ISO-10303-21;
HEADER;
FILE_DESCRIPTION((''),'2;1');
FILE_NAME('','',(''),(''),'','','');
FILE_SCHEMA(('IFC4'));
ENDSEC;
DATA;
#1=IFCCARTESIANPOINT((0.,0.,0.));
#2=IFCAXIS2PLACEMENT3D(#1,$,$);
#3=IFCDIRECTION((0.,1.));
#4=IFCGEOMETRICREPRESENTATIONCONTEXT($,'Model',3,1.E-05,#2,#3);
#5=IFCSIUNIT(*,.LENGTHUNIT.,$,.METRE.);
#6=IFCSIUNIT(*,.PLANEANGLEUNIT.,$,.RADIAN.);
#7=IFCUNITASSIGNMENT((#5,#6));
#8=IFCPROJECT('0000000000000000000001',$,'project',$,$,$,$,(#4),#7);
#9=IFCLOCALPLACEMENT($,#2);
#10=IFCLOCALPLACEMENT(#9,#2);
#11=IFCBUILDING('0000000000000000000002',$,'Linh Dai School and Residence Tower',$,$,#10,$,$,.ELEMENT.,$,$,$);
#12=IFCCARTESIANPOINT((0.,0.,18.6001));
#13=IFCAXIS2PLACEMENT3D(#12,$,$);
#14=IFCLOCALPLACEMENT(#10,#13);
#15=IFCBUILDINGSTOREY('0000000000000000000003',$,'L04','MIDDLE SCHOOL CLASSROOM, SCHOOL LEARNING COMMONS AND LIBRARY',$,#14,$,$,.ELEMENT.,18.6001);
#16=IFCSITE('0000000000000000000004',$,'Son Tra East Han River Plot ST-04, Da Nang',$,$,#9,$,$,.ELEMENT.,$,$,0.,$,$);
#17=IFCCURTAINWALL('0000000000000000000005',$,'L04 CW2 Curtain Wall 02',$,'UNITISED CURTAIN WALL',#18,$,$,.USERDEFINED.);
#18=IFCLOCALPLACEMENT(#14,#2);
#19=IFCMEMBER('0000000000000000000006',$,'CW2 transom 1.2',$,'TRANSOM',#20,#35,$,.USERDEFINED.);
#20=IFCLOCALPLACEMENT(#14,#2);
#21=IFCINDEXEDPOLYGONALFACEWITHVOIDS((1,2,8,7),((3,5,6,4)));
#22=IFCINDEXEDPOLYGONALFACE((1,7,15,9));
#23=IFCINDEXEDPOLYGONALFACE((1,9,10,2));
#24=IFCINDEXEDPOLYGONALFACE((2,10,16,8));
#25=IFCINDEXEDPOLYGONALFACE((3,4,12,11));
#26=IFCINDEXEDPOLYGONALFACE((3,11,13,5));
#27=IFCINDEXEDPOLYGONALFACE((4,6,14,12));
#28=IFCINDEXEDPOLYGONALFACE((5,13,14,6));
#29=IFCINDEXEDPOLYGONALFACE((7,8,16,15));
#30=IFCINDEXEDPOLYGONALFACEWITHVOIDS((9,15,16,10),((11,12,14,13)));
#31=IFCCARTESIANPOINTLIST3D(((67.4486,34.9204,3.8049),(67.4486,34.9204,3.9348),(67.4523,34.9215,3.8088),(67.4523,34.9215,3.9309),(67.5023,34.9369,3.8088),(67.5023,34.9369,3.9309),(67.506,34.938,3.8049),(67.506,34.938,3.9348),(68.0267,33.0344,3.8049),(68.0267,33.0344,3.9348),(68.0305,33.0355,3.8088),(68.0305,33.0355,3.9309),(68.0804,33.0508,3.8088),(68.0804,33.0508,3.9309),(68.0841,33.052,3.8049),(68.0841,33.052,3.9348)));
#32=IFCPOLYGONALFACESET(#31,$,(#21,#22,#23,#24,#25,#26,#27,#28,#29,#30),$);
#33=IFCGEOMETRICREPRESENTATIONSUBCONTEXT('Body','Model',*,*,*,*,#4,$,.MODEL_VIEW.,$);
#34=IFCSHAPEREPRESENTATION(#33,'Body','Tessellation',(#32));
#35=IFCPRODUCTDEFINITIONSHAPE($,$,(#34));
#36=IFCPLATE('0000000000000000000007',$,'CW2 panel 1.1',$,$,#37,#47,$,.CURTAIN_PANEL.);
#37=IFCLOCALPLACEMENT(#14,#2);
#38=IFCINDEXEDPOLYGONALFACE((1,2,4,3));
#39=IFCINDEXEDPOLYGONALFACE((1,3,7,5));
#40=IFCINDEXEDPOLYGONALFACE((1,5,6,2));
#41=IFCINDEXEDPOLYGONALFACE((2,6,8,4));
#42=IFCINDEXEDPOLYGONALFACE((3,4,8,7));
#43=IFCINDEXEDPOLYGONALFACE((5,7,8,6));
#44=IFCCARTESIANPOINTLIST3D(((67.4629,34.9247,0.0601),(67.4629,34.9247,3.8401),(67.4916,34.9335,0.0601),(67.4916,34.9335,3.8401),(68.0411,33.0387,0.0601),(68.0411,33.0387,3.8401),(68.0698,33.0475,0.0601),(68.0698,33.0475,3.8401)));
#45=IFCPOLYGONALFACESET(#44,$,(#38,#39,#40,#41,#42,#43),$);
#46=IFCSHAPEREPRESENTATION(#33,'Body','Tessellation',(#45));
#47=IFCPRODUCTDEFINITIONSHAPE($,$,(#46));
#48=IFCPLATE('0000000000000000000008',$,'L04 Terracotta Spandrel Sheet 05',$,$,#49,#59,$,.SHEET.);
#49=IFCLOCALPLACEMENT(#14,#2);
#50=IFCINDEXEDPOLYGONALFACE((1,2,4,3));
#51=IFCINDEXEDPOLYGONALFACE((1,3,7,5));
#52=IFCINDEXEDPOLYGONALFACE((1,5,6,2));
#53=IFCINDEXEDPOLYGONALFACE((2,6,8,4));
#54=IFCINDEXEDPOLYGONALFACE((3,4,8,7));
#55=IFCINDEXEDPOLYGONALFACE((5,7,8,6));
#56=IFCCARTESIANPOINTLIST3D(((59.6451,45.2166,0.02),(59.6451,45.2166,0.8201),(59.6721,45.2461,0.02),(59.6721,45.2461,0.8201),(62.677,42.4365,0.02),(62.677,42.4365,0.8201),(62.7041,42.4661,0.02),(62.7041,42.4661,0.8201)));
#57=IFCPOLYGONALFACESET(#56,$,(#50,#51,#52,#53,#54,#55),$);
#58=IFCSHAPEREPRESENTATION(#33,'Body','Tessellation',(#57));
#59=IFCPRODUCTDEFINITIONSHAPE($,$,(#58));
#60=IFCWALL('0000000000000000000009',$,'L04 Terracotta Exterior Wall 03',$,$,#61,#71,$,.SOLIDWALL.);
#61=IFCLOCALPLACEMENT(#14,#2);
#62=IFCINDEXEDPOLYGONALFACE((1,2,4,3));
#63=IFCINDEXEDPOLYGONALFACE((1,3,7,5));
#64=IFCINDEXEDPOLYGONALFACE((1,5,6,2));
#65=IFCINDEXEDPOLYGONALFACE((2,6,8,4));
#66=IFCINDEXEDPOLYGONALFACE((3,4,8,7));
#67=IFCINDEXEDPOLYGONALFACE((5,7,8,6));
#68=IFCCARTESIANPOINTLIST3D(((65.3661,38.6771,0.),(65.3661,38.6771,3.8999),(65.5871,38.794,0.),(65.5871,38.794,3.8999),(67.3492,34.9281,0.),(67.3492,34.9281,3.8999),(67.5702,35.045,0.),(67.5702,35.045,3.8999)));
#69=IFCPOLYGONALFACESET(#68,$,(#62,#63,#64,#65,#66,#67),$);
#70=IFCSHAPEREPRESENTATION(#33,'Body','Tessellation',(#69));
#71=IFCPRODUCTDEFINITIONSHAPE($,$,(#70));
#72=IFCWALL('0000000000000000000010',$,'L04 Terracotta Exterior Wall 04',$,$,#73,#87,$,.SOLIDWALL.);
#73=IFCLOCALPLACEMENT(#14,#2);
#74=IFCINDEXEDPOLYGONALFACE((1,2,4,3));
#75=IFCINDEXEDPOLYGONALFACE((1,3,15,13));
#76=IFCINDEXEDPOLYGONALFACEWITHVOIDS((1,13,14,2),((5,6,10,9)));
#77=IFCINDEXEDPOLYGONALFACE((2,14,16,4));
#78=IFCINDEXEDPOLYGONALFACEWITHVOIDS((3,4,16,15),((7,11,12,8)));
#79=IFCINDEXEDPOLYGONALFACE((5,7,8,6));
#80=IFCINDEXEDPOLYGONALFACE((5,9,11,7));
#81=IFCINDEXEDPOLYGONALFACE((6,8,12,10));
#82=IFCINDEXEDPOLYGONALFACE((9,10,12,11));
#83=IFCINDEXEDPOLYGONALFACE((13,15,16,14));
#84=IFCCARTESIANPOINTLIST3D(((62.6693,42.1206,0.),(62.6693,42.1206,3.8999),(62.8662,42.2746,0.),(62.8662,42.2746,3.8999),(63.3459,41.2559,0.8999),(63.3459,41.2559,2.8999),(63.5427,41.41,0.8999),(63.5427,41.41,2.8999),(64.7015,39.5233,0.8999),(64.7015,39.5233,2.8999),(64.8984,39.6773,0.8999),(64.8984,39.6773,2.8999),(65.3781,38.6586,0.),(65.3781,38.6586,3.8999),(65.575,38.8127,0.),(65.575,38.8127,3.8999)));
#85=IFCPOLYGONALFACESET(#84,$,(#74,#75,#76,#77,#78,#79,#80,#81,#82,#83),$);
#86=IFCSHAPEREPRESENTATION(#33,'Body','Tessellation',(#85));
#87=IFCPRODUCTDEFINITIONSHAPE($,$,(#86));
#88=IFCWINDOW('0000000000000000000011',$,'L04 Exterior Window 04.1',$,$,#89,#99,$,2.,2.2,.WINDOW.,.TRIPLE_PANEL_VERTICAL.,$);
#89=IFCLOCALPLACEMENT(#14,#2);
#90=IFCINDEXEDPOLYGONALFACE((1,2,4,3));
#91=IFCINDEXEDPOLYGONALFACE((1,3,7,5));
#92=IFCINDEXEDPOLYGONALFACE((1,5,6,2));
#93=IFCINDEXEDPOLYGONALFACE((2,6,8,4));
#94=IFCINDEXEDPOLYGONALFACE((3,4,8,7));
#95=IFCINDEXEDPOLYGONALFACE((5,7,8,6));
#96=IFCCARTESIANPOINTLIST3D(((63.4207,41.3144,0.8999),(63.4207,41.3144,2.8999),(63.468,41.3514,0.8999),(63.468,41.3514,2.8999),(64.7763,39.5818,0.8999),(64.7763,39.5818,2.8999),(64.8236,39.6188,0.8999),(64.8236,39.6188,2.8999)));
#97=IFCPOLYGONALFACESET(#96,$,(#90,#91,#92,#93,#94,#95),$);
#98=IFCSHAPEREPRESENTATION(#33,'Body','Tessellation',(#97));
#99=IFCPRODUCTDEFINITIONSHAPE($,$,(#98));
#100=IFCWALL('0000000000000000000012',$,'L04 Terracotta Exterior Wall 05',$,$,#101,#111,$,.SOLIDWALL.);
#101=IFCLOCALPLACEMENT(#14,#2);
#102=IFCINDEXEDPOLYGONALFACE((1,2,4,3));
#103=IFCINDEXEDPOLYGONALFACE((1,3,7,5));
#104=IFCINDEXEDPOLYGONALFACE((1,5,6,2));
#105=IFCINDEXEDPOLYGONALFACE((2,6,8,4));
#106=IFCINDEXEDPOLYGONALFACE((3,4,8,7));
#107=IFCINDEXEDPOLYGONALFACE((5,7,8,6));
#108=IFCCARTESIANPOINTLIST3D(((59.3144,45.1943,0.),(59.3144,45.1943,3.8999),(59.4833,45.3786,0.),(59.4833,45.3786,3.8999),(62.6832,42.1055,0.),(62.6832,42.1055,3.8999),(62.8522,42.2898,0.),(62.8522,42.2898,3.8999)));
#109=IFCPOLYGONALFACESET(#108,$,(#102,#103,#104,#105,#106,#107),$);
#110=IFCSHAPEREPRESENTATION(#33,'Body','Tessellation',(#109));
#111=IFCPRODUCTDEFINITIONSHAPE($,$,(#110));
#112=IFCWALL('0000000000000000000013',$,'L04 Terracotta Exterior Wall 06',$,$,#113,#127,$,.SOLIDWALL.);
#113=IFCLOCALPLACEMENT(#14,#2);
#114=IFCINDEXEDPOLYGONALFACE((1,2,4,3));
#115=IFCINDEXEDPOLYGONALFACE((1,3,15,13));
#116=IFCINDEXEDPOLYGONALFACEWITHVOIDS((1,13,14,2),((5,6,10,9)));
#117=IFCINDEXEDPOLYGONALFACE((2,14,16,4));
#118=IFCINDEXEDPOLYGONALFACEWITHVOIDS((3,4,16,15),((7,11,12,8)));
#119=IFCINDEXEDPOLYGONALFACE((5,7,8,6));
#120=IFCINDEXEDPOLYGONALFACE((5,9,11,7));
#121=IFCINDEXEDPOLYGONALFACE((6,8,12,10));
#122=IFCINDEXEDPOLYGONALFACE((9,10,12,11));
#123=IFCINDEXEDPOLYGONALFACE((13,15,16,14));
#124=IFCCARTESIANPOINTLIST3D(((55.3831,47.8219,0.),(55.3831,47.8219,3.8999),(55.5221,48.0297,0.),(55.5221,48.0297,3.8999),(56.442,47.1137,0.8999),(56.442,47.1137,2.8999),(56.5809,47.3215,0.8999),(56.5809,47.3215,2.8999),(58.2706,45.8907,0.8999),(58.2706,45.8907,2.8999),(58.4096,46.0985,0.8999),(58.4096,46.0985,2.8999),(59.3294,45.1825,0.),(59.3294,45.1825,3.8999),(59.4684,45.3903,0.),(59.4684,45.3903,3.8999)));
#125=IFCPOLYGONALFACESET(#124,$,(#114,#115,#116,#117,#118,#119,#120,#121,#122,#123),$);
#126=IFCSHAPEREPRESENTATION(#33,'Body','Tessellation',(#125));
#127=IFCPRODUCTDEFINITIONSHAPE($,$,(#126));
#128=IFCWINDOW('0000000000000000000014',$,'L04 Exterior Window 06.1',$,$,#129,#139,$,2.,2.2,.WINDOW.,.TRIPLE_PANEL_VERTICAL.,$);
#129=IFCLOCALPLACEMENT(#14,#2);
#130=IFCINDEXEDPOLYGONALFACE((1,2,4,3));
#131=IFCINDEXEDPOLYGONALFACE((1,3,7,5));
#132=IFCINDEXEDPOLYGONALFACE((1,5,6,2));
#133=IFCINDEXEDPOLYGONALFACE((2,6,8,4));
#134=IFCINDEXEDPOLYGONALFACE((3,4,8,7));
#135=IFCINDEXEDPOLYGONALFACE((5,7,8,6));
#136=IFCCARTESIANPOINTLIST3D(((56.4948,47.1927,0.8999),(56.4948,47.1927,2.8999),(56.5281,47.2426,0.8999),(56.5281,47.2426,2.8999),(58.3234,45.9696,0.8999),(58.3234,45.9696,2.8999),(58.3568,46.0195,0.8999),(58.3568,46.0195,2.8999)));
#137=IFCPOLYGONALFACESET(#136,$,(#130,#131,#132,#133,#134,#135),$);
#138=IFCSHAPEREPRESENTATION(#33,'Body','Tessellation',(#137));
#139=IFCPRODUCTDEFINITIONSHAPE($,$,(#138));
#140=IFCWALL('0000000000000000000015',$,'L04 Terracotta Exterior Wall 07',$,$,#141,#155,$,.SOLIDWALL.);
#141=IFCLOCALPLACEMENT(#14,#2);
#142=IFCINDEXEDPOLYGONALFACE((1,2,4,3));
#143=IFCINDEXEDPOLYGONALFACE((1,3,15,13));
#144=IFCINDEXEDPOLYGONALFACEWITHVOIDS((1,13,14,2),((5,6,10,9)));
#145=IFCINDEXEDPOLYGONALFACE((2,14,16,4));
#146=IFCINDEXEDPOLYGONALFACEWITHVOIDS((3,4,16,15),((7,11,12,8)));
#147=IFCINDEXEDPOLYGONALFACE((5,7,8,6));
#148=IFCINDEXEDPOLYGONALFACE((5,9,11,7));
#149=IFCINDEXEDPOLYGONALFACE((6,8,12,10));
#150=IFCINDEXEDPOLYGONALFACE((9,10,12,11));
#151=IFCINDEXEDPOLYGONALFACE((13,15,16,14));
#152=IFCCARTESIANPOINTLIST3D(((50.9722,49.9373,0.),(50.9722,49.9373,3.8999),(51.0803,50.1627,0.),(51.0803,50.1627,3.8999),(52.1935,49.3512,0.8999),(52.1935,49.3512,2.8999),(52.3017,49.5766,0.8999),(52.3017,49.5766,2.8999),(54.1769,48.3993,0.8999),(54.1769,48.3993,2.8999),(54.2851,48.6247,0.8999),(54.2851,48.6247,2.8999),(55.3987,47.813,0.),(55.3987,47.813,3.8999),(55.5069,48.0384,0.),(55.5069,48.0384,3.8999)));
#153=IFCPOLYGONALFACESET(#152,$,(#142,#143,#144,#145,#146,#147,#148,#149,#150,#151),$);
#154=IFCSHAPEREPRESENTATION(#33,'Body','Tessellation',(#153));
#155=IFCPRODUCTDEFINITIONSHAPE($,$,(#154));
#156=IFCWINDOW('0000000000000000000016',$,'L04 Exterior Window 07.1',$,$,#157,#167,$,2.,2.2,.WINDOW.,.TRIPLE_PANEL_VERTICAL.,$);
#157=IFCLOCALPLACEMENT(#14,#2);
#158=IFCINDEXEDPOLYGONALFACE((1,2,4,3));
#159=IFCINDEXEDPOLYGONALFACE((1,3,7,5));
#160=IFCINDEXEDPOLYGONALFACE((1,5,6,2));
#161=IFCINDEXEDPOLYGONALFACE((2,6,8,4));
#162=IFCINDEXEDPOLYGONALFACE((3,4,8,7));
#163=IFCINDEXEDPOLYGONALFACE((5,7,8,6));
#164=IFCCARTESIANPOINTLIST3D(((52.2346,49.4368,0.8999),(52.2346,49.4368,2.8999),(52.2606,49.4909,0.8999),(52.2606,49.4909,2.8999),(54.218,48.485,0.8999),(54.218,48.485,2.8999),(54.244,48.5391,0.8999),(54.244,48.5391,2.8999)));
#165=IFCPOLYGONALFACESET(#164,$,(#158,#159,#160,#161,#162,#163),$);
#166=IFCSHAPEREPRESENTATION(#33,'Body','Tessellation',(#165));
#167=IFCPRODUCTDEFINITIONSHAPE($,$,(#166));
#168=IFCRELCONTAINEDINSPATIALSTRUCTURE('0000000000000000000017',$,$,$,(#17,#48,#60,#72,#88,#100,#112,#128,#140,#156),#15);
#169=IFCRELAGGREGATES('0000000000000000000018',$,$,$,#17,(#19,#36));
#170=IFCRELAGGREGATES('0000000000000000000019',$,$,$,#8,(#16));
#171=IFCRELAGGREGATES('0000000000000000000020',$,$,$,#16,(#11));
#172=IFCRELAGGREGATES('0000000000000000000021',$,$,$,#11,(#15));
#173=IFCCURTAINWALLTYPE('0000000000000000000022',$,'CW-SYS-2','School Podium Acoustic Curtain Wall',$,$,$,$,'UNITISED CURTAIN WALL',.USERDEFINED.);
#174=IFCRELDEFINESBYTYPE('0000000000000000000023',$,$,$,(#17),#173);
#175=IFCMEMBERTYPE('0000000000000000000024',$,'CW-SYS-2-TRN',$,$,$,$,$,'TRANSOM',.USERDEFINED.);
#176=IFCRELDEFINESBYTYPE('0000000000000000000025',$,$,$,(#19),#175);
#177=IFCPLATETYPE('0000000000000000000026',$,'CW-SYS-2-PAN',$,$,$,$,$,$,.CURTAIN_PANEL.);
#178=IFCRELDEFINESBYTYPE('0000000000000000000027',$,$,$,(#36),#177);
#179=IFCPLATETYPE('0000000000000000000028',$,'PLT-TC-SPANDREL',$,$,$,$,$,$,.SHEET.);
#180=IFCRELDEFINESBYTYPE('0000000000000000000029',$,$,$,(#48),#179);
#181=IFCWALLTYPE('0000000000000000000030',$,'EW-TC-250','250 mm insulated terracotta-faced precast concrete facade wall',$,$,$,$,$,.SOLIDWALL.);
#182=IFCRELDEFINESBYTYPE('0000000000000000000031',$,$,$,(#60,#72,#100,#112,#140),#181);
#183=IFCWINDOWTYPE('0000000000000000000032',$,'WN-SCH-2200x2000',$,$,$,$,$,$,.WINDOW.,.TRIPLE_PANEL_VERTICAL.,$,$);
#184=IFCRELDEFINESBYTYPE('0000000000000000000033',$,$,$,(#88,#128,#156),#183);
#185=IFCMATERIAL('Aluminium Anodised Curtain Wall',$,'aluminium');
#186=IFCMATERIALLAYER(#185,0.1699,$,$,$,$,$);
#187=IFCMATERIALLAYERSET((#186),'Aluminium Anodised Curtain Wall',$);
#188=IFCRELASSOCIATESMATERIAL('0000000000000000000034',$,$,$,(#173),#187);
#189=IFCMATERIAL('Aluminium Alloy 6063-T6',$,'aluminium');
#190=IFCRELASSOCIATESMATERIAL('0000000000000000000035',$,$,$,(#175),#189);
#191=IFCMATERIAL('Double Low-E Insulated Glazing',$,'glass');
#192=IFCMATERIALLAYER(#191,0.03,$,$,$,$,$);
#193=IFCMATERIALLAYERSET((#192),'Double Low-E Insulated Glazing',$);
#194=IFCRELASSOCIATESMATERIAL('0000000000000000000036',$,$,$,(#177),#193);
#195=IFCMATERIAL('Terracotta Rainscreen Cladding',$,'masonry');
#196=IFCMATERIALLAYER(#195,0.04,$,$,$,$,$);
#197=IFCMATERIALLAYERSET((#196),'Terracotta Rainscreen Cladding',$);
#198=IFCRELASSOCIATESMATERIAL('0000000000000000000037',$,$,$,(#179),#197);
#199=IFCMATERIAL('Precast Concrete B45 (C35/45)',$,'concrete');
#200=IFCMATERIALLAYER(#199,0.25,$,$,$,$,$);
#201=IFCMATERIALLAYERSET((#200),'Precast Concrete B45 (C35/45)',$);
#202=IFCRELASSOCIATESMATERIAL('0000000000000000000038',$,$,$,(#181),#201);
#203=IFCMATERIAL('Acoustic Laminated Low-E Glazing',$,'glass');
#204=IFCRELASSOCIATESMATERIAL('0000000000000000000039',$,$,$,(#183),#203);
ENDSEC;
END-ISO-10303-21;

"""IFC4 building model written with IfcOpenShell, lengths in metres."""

from ifc_helpers import new_model, si_unit, direction, frame, frame_2d, origin, origin_2d, place, context, subcontext, project, spatial, rectangle, hollow_rectangle, extrude, source, transform, mapped, material, layer, layer_set, material_profile, profile_set, type_object, element, fill, aggregate, save


model = new_model("IFC4")

# Units and contexts
model_context = context("Model", 3, precision=1e-05, world=origin(), true_north=direction((0.0, 1.0)))
body_context = subcontext(model_context, "Body", "Model", "MODEL_VIEW")
ifc_project = project(units=[si_unit("LENGTHUNIT", "METRE"), si_unit("PLANEANGLEUNIT", "RADIAN")], contexts=[model_context])

# Site, building, storey
site_placement = place(None, origin())
site = spatial("IfcSite", under=ifc_project, at=site_placement, Name="Son Tra East Han River Plot ST-04, Da Nang", CompositionType="ELEMENT", RefElevation=0.0)
building_placement = place(site_placement, origin())
building = spatial("IfcBuilding", under=site, at=building_placement, Name="Linh Dai School and Residence Tower", CompositionType="ELEMENT")
storey_placement = place(building_placement, frame((0.0, 0.0, 18.6001)))
storey = spatial("IfcBuildingStorey", under=building, at=storey_placement, Name="L04", Description="MIDDLE SCHOOL CLASSROOM, SCHOOL LEARNING COMMONS AND LIBRARY", CompositionType="ELEMENT", Elevation=18.6001)

# Curtain wall, member, plate
ifc_material_1 = material(Name="Aluminium Anodised Curtain Wall", Category="aluminium")
ifc_layer_1 = layer(ifc_material_1, 0.1699)
ifc_layer_set_1 = layer_set([ifc_layer_1], Name="Aluminium Anodised Curtain Wall")
curtain_wall_type = type_object("IfcCurtainWallType", Name="CW-SYS-2", Description="School Podium Acoustic Curtain Wall", ElementType="UNITISED CURTAIN WALL", PredefinedType="USERDEFINED", material=ifc_layer_set_1)
curtain_wall_placement = place(storey_placement, origin())
curtain_wall = element("IfcCurtainWall", 1, at=curtain_wall_placement, inside=storey, type_object=curtain_wall_type, Name="L04 CW2 Curtain Wall 02", ObjectType="UNITISED CURTAIN WALL", PredefinedType="USERDEFINED")
ifc_material_2 = material(Name="Aluminium Alloy 6063-T6", Category="aluminium")
ifc_material_profile_1 = material_profile(ifc_material_2, hollow_rectangle(XDim=0.0601, YDim=0.1299, WallThickness=0.0039, at=origin_2d()), Name="RHS 130x60x4")
ifc_profile_set_1 = profile_set([ifc_material_profile_1], Name="Aluminium Alloy 6063-T6")
member_type_1 = type_object("IfcMemberType", Name="CW-SYS-2-TRN", ElementType="TRANSOM", PredefinedType="USERDEFINED", material=ifc_profile_set_1)
shared_shape_1 = source(origin(), body_context, "Body", "SweptSolid", [
    extrude(hollow_rectangle(XDim=0.0601, YDim=0.1299, WallThickness=0.0039, at=origin_2d()), origin(), (0.0, 0.0, 1.0), 1.9727),
])
member_1_placement = place(storey_placement, frame((67.4773, 34.9292, 3.8699), z_axis=(0.293077, -0.956089, 0.0), x_axis=(0.956089, 0.293077, 0.0)))
member_1 = element("IfcMember", 2, at=member_1_placement, type_object=member_type_1, Name="CW2 transom 1.2", ObjectType="TRANSOM", PredefinedType="USERDEFINED", context=body_context, shape_type="MappedRepresentation", body=[
    mapped(shared_shape_1, transform((0.0, 0.0, 0.0), x_axis=(1.0, 0.0, 0.0), y_axis=(0.0, 1.0, 0.0), z_axis=(0.0, 0.0, 1.0), scale=1.0)),
])
ifc_material_3 = material(Name="Double Low-E Insulated Glazing", Category="glass")
ifc_layer_2 = layer(ifc_material_3, 0.03)
ifc_layer_set_2 = layer_set([ifc_layer_2], Name="Double Low-E Insulated Glazing")
plate_type_1 = type_object("IfcPlateType", Name="CW-SYS-2-PAN", PredefinedType="CURTAIN_PANEL", material=ifc_layer_set_2)
shared_shape_2 = source(origin(), body_context, "Body", "SweptSolid", [
    extrude(rectangle(XDim=1.9727, YDim=0.03, at=origin_2d()), origin(), (0.0, 0.0, 1.0), 3.78),
])
plate_1_placement = place(storey_placement, frame((67.7664, 33.9861, 0.0601), z_axis=(0.0, 0.0, 1.0), x_axis=(0.293104, -0.956081, 0.0)))
plate_1 = element("IfcPlate", 3, at=plate_1_placement, type_object=plate_type_1, Name="CW2 panel 1.1", PredefinedType="CURTAIN_PANEL", context=body_context, shape_type="MappedRepresentation", body=[
    mapped(shared_shape_2, transform((0.0, 0.0, 0.0), x_axis=(1.0, 0.0, 0.0), y_axis=(0.0, 1.0, 0.0), z_axis=(0.0, 0.0, 1.0), scale=1.0)),
])
aggregate(curtain_wall, [member_1, plate_1])

# Plate
ifc_material_4 = material(Name="Terracotta Rainscreen Cladding", Category="masonry")
ifc_layer_3 = layer(ifc_material_4, 0.04)
ifc_layer_set_3 = layer_set([ifc_layer_3], Name="Terracotta Rainscreen Cladding")
plate_type_2 = type_object("IfcPlateType", Name="PLT-TC-SPANDREL", PredefinedType="SHEET", material=ifc_layer_set_3)
shared_shape_3 = source(origin(), body_context, "Body", "SweptSolid", [
    extrude(rectangle(XDim=4.1135, YDim=0.04, at=origin_2d()), origin(), (0.0, 0.0, 1.0), 0.8),
])
plate_2_placement = place(storey_placement, frame((61.1746, 43.8413, 0.02), z_axis=(0.0, 0.0, 1.0), x_axis=(0.737063, -0.675824, 0.0)))
element("IfcPlate", 4, at=plate_2_placement, inside=storey, type_object=plate_type_2, Name="L04 Terracotta Spandrel Sheet 05", PredefinedType="SHEET", context=body_context, shape_type="MappedRepresentation", body=[
    mapped(shared_shape_3, transform((0.0, 0.0, 0.0), x_axis=(1.0, 0.0, 0.0), y_axis=(0.0, 1.0, 0.0), z_axis=(0.0, 0.0, 1.0), scale=1.0)),
])

# Wall
ifc_material_5 = material(Name="Precast Concrete B45 (C35/45)", Category="concrete")
ifc_layer_4 = layer(ifc_material_5, 0.25)
ifc_layer_set_4 = layer_set([ifc_layer_4], Name="Precast Concrete B45 (C35/45)")
wall_type_1 = type_object("IfcWallType", Name="EW-TC-250", Description="250 mm insulated terracotta-faced precast concrete facade wall", PredefinedType="SOLIDWALL", material=ifc_layer_set_4)
wall_1_placement = place(storey_placement, frame((65.4766, 38.7356, 0.0), z_axis=(0.0, 0.0, 1.0), x_axis=(0.467589, -0.883946, 0.0)))
element("IfcWall", 5, at=wall_1_placement, inside=storey, type_object=wall_type_1, Name="L04 Terracotta Exterior Wall 03", PredefinedType="SOLIDWALL", context=body_context, shape_type="SweptSolid", body=[
    extrude(rectangle(XDim=4.2412, YDim=0.25, at=frame_2d((2.1206, 0.0))), origin(), (0.0, 0.0, 1.0), 3.8999),
])

# Wall, opening, window
wall_2_placement = place(storey_placement, frame((62.7678, 42.1975, 0.0), z_axis=(0.0, 0.0, 1.0), x_axis=(0.616226, -0.787569, 0.0)))
wall_2 = element("IfcWall", 6, at=wall_2_placement, inside=storey, type_object=wall_type_1, Name="L04 Terracotta Exterior Wall 04", PredefinedType="SOLIDWALL", context=body_context, shape_type="SweptSolid", body=[
    extrude(rectangle(XDim=4.3958, YDim=0.25, at=frame_2d((2.1978, 0.0))), origin(), (0.0, 0.0, 1.0), 3.8999),
])
opening_1_placement = place(wall_2_placement, frame((1.0977, 0.0, 0.8999)))
opening_1 = element("IfcOpeningElement", 7, at=opening_1_placement, cuts=wall_2, PredefinedType="OPENING", context=body_context, shape_type="SweptSolid", body=[
    extrude(rectangle(XDim=2.2, YDim=2.0, at=origin_2d()), frame((1.1001, 0.135, 1.0), z_axis=(0.0, -1.0, 0.0), x_axis=(1.0, 0.0, 0.0)), (0.0, 0.0, 1.0), 0.27),
])
ifc_material_6 = material(Name="Acoustic Laminated Low-E Glazing", Category="glass")
window_type_1 = type_object("IfcWindowType", Name="WN-SCH-2200x2000", PartitioningType="TRIPLE_PANEL_VERTICAL", PredefinedType="WINDOW", material=ifc_material_6)
shared_shape_4 = source(origin(), body_context, "Body", "SweptSolid", [
    extrude(rectangle(XDim=2.2, YDim=2.0, at=origin_2d()), frame((1.1001, 0.03, 1.0), z_axis=(0.0, -1.0, 0.0), x_axis=(1.0, 0.0, 0.0)), (0.0, 0.0, 1.0), 0.0601),
])
window_1_placement = place(opening_1_placement, origin())
window_1 = element("IfcWindow", 8, at=window_1_placement, inside=storey, type_object=window_type_1, Name="L04 Exterior Window 04.1", OverallHeight=2.0, OverallWidth=2.2, PartitioningType="TRIPLE_PANEL_VERTICAL", PredefinedType="WINDOW", context=body_context, shape_type="MappedRepresentation", body=[
    mapped(shared_shape_4, transform((0.0, 0.0, 0.0), x_axis=(1.0, 0.0, 0.0), y_axis=(0.0, 1.0, 0.0), z_axis=(0.0, 0.0, 1.0), scale=1.0)),
])
fill(opening_1, window_1)

# Wall
wall_3_placement = place(storey_placement, frame((59.3989, 45.2864, 0.0), z_axis=(0.0, 0.0, 1.0), x_axis=(0.737077, -0.675809, 0.0)))
element("IfcWall", 9, at=wall_3_placement, inside=storey, type_object=wall_type_1, Name="L04 Terracotta Exterior Wall 05", PredefinedType="SOLIDWALL", context=body_context, shape_type="SweptSolid", body=[
    extrude(rectangle(XDim=4.5706, YDim=0.25, at=frame_2d((2.2852, 0.0))), origin(), (0.0, 0.0, 1.0), 3.8999),
])

# Walls, openings, windows
wall_4_placement = place(storey_placement, frame((55.4526, 47.9258, 0.0), z_axis=(0.0, 0.0, 1.0), x_axis=(0.831219, -0.555946, 0.0)))
wall_4 = element("IfcWall", 10, at=wall_4_placement, inside=storey, type_object=wall_type_1, Name="L04 Terracotta Exterior Wall 06", PredefinedType="SOLIDWALL", context=body_context, shape_type="SweptSolid", body=[
    extrude(rectangle(XDim=4.7476, YDim=0.25, at=frame_2d((2.3738, 0.0))), origin(), (0.0, 0.0, 1.0), 3.8999),
])
opening_2_placement = place(wall_4_placement, frame((1.2737, 0.0, 0.8999)))
opening_2 = element("IfcOpeningElement", 11, at=opening_2_placement, cuts=wall_4, PredefinedType="OPENING", context=body_context, shape_type="SweptSolid", body=[
    extrude(rectangle(XDim=2.2, YDim=2.0, at=origin_2d()), frame((1.1001, 0.135, 1.0), z_axis=(0.0, -1.0, 0.0), x_axis=(1.0, 0.0, 0.0)), (0.0, 0.0, 1.0), 0.27),
])
window_2_placement = place(opening_2_placement, origin())
window_2 = element("IfcWindow", 12, at=window_2_placement, inside=storey, type_object=window_type_1, Name="L04 Exterior Window 06.1", OverallHeight=2.0, OverallWidth=2.2, PartitioningType="TRIPLE_PANEL_VERTICAL", PredefinedType="WINDOW", context=body_context, shape_type="MappedRepresentation", body=[
    mapped(shared_shape_4, transform((0.0, 0.0, 0.0), x_axis=(1.0, 0.0, 0.0), y_axis=(0.0, 1.0, 0.0), z_axis=(0.0, 0.0, 1.0), scale=1.0)),
])
fill(opening_2, window_2)
wall_5_placement = place(storey_placement, frame((51.0261, 50.05, 0.0), z_axis=(0.0, 0.0, 1.0), x_axis=(0.90156, -0.432655, 0.0)))
wall_5 = element("IfcWall", 13, at=wall_5_placement, inside=storey, type_object=wall_type_1, Name="L04 Terracotta Exterior Wall 07", PredefinedType="SOLIDWALL", context=body_context, shape_type="SweptSolid", body=[
    extrude(rectangle(XDim=4.9099, YDim=0.25, at=frame_2d((2.4551, 0.0))), origin(), (0.0, 0.0, 1.0), 3.8999),
])
opening_3_placement = place(wall_5_placement, frame((1.3547, 0.0, 0.8999)))
opening_3 = element("IfcOpeningElement", 14, at=opening_3_placement, cuts=wall_5, PredefinedType="OPENING", context=body_context, shape_type="SweptSolid", body=[
    extrude(rectangle(XDim=2.2, YDim=2.0, at=origin_2d()), frame((1.1001, 0.135, 1.0), z_axis=(0.0, -1.0, 0.0), x_axis=(1.0, 0.0, 0.0)), (0.0, 0.0, 1.0), 0.27),
])
window_3_placement = place(opening_3_placement, origin())
window_3 = element("IfcWindow", 15, at=window_3_placement, inside=storey, type_object=window_type_1, Name="L04 Exterior Window 07.1", OverallHeight=2.0, OverallWidth=2.2, PartitioningType="TRIPLE_PANEL_VERTICAL", PredefinedType="WINDOW", context=body_context, shape_type="MappedRepresentation", body=[
    mapped(shared_shape_4, transform((0.0, 0.0, 0.0), x_axis=(1.0, 0.0, 0.0), y_axis=(0.0, 1.0, 0.0), z_axis=(0.0, 0.0, 1.0), scale=1.0)),
])
fill(opening_3, window_3)

save(model, "model.ifc")
